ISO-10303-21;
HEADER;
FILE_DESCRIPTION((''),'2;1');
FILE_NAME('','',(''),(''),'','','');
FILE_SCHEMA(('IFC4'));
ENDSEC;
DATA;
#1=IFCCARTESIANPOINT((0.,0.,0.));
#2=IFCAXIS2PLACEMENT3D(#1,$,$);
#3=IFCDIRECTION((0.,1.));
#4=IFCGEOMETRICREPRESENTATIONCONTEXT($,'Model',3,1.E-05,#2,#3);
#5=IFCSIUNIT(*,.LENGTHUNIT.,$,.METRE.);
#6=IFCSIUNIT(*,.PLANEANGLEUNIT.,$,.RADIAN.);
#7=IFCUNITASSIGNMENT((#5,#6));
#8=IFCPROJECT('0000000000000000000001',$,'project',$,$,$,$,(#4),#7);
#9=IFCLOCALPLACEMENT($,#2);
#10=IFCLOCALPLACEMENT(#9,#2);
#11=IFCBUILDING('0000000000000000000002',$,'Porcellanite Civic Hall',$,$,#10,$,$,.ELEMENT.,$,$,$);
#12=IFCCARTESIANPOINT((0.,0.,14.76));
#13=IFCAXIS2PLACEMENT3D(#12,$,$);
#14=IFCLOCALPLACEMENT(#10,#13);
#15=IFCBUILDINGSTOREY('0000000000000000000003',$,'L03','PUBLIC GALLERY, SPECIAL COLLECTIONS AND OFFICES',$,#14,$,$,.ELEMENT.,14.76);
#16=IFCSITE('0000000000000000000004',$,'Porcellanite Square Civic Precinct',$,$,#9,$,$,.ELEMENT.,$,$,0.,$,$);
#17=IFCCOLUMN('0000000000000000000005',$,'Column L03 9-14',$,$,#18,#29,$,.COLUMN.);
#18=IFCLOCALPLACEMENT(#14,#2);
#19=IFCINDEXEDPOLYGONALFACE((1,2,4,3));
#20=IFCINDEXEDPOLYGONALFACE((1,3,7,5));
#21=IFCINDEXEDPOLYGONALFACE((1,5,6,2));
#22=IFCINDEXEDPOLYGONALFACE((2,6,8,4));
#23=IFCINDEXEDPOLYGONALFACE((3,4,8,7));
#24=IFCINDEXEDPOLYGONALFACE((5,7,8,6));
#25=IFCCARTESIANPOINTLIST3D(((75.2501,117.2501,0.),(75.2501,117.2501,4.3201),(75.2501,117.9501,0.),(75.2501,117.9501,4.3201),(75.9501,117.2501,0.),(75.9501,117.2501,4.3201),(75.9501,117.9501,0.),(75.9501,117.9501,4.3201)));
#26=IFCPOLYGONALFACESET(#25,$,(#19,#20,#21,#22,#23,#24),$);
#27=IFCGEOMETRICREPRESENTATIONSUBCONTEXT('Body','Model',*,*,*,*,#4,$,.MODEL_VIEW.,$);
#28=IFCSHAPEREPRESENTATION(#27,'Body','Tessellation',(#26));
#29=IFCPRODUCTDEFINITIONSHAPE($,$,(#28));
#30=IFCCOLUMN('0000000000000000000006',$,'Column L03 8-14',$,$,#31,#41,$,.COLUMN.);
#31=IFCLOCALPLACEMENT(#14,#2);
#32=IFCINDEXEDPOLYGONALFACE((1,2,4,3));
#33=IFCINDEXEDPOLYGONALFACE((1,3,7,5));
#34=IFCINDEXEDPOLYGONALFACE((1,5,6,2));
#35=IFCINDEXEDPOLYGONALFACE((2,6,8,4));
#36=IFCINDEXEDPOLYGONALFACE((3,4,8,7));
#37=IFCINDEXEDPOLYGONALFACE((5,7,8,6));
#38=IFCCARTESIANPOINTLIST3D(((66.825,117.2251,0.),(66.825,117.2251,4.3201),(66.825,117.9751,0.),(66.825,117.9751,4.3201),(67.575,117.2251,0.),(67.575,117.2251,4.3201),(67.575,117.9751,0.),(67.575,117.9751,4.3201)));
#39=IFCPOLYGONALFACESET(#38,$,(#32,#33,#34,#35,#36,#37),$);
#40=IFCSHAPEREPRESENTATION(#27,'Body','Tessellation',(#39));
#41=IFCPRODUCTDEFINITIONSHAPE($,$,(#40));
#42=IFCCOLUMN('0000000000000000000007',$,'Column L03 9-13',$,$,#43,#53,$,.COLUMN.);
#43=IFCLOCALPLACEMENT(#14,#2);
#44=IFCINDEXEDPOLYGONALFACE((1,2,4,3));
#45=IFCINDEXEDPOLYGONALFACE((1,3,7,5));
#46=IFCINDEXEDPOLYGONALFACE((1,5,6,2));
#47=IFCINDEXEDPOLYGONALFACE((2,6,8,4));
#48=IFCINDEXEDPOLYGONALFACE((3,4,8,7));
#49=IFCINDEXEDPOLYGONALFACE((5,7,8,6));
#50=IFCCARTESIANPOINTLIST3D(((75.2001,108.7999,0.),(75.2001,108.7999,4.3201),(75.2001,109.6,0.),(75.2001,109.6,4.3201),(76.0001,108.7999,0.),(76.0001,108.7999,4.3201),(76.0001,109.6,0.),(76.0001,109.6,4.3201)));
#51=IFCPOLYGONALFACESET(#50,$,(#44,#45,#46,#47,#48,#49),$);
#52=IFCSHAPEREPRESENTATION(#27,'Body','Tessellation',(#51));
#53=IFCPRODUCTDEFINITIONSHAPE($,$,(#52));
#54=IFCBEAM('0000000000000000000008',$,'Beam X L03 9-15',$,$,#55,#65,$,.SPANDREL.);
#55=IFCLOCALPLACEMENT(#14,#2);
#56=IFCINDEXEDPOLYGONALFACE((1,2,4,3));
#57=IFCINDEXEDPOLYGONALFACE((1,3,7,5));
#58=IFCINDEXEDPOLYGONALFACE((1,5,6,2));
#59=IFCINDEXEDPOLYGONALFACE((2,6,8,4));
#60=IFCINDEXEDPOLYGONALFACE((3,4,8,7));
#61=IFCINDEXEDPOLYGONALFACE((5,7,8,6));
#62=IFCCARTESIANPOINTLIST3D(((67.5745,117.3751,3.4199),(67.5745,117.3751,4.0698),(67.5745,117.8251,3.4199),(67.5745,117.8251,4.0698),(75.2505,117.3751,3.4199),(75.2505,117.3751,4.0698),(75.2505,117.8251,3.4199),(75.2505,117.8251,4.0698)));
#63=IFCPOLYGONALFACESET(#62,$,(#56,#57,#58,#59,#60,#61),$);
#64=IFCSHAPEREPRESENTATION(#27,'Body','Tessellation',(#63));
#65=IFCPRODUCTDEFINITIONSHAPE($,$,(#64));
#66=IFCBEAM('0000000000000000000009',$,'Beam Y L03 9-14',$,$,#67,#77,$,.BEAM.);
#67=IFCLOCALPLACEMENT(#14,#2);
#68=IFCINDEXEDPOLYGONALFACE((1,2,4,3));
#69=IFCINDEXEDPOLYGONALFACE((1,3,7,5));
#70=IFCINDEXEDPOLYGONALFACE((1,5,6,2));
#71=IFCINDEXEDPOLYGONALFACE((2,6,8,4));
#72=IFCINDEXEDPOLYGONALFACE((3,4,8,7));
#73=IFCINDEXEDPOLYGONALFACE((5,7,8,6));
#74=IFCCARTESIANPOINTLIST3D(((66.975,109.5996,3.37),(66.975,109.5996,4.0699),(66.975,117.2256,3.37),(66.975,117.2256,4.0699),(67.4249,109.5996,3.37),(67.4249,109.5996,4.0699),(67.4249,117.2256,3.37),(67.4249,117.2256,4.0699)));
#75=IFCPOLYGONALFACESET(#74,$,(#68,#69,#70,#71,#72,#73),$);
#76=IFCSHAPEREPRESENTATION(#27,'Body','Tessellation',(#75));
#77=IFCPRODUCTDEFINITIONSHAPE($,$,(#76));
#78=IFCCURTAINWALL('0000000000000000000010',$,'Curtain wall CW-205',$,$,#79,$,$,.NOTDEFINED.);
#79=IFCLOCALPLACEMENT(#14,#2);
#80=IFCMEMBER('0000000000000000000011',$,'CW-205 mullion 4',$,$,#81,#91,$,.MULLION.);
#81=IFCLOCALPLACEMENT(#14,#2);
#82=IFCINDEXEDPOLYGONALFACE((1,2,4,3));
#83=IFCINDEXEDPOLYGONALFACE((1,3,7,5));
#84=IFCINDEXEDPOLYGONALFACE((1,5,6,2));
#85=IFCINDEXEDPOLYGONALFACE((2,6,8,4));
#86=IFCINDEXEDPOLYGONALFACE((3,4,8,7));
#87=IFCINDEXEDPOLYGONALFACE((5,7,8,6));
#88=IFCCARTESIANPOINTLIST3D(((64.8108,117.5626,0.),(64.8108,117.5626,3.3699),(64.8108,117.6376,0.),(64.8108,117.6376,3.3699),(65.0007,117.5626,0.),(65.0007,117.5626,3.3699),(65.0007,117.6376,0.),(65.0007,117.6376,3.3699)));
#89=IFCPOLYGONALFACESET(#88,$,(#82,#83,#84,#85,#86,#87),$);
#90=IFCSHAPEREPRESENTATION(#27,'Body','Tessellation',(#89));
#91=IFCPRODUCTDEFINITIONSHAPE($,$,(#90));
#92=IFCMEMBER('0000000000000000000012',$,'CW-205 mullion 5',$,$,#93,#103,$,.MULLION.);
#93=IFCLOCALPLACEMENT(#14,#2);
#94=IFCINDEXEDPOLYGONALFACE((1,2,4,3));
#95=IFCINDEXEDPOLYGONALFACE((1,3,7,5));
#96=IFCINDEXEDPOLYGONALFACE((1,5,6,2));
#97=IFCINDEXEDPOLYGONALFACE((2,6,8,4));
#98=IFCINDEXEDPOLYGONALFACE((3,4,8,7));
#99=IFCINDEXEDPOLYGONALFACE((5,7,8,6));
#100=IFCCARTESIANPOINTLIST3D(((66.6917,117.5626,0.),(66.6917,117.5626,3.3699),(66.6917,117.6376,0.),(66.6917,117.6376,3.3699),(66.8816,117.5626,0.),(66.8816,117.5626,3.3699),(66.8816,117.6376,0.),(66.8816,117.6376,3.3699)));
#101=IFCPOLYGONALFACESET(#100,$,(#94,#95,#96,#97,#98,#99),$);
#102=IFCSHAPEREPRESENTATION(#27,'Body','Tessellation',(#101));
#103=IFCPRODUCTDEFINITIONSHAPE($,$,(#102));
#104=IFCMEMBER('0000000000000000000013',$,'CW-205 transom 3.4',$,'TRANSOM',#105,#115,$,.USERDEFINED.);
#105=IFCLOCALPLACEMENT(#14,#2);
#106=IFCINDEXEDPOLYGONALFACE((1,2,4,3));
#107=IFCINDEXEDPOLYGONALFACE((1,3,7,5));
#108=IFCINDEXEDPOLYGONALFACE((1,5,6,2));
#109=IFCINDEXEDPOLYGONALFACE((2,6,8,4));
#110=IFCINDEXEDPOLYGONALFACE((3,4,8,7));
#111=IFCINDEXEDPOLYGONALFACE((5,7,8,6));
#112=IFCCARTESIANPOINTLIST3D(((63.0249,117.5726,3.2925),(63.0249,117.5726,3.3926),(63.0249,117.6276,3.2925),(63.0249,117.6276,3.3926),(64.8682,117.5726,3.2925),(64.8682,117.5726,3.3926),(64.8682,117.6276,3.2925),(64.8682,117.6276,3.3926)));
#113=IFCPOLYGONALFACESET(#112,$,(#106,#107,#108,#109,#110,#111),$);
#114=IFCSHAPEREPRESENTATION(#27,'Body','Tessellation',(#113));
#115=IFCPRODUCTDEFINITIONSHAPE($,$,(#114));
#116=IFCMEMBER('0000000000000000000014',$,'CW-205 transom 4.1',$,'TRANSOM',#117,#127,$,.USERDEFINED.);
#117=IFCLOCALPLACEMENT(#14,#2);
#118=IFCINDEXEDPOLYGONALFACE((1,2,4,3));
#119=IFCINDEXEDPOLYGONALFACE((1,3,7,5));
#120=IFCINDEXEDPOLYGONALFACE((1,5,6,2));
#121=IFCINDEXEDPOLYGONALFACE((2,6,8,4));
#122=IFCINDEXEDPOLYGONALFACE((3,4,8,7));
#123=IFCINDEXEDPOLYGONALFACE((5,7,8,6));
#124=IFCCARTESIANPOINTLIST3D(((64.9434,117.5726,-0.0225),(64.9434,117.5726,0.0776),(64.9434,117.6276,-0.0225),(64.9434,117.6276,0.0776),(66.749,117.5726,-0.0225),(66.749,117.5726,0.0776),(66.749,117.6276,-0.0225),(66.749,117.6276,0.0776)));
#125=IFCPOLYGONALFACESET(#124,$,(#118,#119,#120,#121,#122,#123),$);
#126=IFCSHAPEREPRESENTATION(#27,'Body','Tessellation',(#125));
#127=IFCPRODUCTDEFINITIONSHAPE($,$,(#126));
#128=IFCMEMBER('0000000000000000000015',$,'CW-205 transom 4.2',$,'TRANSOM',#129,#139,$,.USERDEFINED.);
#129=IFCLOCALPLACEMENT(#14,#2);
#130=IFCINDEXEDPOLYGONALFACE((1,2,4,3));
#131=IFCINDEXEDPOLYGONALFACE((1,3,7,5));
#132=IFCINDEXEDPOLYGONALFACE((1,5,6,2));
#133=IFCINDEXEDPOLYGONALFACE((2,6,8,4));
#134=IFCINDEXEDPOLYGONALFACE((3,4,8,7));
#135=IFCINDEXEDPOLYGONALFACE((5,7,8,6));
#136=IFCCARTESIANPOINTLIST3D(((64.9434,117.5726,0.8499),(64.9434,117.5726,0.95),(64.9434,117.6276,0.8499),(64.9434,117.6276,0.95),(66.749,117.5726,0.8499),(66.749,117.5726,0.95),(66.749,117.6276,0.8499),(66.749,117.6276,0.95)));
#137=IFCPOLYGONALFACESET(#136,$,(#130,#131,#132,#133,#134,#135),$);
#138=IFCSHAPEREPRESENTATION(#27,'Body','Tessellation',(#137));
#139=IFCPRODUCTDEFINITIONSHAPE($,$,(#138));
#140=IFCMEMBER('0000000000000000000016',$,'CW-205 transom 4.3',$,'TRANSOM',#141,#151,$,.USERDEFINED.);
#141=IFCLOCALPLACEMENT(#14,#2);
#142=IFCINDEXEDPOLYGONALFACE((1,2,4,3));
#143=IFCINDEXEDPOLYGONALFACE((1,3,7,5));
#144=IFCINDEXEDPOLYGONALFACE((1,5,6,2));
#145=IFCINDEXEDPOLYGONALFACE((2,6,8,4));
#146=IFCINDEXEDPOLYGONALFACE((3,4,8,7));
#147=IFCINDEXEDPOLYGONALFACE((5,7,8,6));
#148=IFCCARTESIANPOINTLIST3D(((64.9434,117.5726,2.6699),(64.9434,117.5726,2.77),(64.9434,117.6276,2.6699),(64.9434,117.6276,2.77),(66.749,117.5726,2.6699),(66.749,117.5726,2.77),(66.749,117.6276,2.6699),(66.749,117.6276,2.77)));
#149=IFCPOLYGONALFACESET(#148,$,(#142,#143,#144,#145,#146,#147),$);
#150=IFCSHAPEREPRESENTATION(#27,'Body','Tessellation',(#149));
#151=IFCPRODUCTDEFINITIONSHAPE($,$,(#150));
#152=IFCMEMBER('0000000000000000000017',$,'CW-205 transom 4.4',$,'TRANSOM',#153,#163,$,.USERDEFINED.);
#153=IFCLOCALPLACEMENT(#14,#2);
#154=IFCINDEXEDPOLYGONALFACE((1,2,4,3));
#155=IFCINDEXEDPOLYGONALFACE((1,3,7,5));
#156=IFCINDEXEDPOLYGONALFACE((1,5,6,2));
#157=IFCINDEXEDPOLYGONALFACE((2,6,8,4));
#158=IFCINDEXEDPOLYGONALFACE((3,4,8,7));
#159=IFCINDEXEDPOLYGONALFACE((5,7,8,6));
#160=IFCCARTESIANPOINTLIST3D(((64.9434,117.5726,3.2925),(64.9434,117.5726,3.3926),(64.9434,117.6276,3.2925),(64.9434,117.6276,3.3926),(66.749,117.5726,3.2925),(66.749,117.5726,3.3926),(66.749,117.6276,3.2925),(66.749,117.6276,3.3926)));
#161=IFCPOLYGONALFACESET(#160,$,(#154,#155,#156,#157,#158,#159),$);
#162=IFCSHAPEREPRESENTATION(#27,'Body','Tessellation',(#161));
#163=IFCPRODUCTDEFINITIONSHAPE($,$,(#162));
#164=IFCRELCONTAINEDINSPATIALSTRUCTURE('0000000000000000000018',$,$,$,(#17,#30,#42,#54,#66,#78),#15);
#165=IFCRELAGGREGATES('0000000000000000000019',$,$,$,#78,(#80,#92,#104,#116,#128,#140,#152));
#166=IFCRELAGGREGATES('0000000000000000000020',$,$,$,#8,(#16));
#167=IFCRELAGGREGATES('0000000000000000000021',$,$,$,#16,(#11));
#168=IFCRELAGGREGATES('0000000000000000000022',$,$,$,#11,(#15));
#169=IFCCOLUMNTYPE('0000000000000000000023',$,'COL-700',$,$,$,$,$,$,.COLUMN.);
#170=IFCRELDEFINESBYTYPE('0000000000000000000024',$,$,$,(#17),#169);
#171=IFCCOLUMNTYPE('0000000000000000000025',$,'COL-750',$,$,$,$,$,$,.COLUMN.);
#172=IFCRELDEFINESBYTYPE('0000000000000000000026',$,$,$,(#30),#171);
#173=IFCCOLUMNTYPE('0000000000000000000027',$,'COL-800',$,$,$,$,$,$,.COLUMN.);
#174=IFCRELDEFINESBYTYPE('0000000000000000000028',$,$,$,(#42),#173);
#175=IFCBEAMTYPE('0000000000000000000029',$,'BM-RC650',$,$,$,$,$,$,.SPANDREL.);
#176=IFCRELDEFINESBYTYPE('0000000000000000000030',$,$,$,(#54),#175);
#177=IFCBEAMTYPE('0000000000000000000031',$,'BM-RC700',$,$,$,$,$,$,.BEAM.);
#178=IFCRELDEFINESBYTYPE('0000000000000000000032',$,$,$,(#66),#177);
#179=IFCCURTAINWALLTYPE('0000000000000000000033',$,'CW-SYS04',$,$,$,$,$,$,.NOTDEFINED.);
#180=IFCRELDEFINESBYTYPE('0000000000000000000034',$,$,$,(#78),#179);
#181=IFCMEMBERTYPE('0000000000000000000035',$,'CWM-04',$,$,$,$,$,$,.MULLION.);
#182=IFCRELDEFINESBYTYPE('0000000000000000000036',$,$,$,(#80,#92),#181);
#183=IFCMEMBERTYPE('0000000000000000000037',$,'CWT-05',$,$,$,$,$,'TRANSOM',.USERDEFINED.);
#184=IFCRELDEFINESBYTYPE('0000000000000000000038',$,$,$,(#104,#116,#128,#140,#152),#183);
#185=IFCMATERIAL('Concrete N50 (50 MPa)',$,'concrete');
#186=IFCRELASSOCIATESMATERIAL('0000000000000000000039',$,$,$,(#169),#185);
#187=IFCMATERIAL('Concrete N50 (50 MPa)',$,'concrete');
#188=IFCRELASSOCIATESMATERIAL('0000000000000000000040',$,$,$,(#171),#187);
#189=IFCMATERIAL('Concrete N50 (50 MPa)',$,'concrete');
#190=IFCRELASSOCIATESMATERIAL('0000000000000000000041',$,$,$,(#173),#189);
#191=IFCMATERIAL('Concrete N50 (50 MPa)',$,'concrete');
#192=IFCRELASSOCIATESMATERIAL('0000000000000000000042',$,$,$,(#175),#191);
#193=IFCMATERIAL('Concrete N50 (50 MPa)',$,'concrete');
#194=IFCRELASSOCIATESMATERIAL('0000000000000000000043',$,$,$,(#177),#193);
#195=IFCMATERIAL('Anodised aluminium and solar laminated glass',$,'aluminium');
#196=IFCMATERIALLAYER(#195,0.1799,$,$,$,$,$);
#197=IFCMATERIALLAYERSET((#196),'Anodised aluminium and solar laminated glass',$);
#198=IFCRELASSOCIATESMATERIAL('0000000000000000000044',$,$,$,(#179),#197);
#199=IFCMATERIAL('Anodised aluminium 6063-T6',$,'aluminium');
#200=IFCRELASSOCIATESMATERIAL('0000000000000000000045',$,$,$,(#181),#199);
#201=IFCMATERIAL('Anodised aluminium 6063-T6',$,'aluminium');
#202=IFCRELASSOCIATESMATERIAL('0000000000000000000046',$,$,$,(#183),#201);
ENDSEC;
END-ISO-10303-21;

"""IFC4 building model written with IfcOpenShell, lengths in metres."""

from ifc_helpers import new_model, si_unit, direction, frame, origin, origin_2d, place, context, subcontext, project, spatial, rectangle, extrude, material, layer, layer_set, material_profile, profile_set, type_object, element, aggregate, save


model = new_model("IFC4")

# Units and contexts
model_context = context("Model", 3, precision=1e-05, world=origin(), true_north=direction((0.0, 1.0)))
body_context = subcontext(model_context, "Body", "Model", "MODEL_VIEW")
ifc_project = project(units=[si_unit("LENGTHUNIT", "METRE"), si_unit("PLANEANGLEUNIT", "RADIAN")], contexts=[model_context])

# Site, building, storey
site_placement = place(None, origin())
site = spatial("IfcSite", under=ifc_project, at=site_placement, Name="Porcellanite Square Civic Precinct", CompositionType="ELEMENT", RefElevation=0.0)
building_placement = place(site_placement, origin())
building = spatial("IfcBuilding", under=site, at=building_placement, Name="Porcellanite Civic Hall", CompositionType="ELEMENT")
storey_placement = place(building_placement, frame((0.0, 0.0, 14.76)))
storey = spatial("IfcBuildingStorey", under=building, at=storey_placement, Name="L03", Description="PUBLIC GALLERY, SPECIAL COLLECTIONS AND OFFICES", CompositionType="ELEMENT", Elevation=14.76)

# Columns
ifc_material_1 = material(Name="Concrete N50 (50 MPa)", Category="concrete")
ifc_material_profile_1 = material_profile(ifc_material_1, rectangle(XDim=0.7, YDim=0.7, at=origin_2d()), Name="RC-700x700")
ifc_profile_set_1 = profile_set([ifc_material_profile_1], Name="Concrete N50 (50 MPa)")
column_type_1 = type_object("IfcColumnType", Name="COL-700", PredefinedType="COLUMN", material=ifc_profile_set_1)
column_1_placement = place(storey_placement, frame((75.6001, 117.6001, 0.0), z_axis=(0.0, 0.0, 1.0), x_axis=(1.0, 0.0, 0.0)))
element("IfcColumn", 1, at=column_1_placement, inside=storey, type_object=column_type_1, Name="Column L03 9-14", PredefinedType="COLUMN", context=body_context, shape_type="SweptSolid", body=[
    extrude(rectangle(XDim=0.7, YDim=0.7, at=origin_2d()), origin(), (0.0, 0.0, 1.0), 4.3201),
])
ifc_material_2 = material(Name="Concrete N50 (50 MPa)", Category="concrete")
ifc_material_profile_2 = material_profile(ifc_material_2, rectangle(XDim=0.75, YDim=0.75, at=origin_2d()), Name="RC-750x750")
ifc_profile_set_2 = profile_set([ifc_material_profile_2], Name="Concrete N50 (50 MPa)")
column_type_2 = type_object("IfcColumnType", Name="COL-750", PredefinedType="COLUMN", material=ifc_profile_set_2)
column_2_placement = place(storey_placement, frame((67.2, 117.6001, 0.0), z_axis=(0.0, 0.0, 1.0), x_axis=(1.0, 0.0, 0.0)))
element("IfcColumn", 2, at=column_2_placement, inside=storey, type_object=column_type_2, Name="Column L03 8-14", PredefinedType="COLUMN", context=body_context, shape_type="SweptSolid", body=[
    extrude(rectangle(XDim=0.75, YDim=0.75, at=origin_2d()), origin(), (0.0, 0.0, 1.0), 4.3201),
])
ifc_material_3 = material(Name="Concrete N50 (50 MPa)", Category="concrete")
ifc_material_profile_3 = material_profile(ifc_material_3, rectangle(XDim=0.8, YDim=0.8, at=origin_2d()), Name="RC-800x800")
ifc_profile_set_3 = profile_set([ifc_material_profile_3], Name="Concrete N50 (50 MPa)")
column_type_3 = type_object("IfcColumnType", Name="COL-800", PredefinedType="COLUMN", material=ifc_profile_set_3)
column_3_placement = place(storey_placement, frame((75.6001, 109.2, 0.0), z_axis=(0.0, 0.0, 1.0), x_axis=(1.0, 0.0, 0.0)))
element("IfcColumn", 3, at=column_3_placement, inside=storey, type_object=column_type_3, Name="Column L03 9-13", PredefinedType="COLUMN", context=body_context, shape_type="SweptSolid", body=[
    extrude(rectangle(XDim=0.8, YDim=0.8, at=origin_2d()), origin(), (0.0, 0.0, 1.0), 4.3201),
])

# Beams
ifc_material_4 = material(Name="Concrete N50 (50 MPa)", Category="concrete")
ifc_material_profile_4 = material_profile(ifc_material_4, rectangle(XDim=0.45, YDim=0.6499, at=origin_2d()), Name="RC-450x650")
ifc_profile_set_4 = profile_set([ifc_material_profile_4], Name="Concrete N50 (50 MPa)")
beam_type_1 = type_object("IfcBeamType", Name="BM-RC650", PredefinedType="SPANDREL", material=ifc_profile_set_4)
beam_1_placement = place(storey_placement, frame((67.5745, 117.6001, 3.7449), z_axis=(1.0, 0.0, 0.0), x_axis=(0.0, 1.0, 0.0)))
element("IfcBeam", 4, at=beam_1_placement, inside=storey, type_object=beam_type_1, Name="Beam X L03 9-15", PredefinedType="SPANDREL", context=body_context, shape_type="SweptSolid", body=[
    extrude(rectangle(XDim=0.45, YDim=0.6499, at=origin_2d()), origin(), (0.0, 0.0, 1.0), 7.676),
])
ifc_material_5 = material(Name="Concrete N50 (50 MPa)", Category="concrete")
ifc_material_profile_5 = material_profile(ifc_material_5, rectangle(XDim=0.45, YDim=0.7, at=origin_2d()), Name="RC-450x700")
ifc_profile_set_5 = profile_set([ifc_material_profile_5], Name="Concrete N50 (50 MPa)")
beam_type_2 = type_object("IfcBeamType", Name="BM-RC700", PredefinedType="BEAM", material=ifc_profile_set_5)
beam_2_placement = place(storey_placement, frame((67.2, 109.5996, 3.72), z_axis=(0.0, 1.0, 0.0), x_axis=(-1.0, 0.0, 0.0)))
element("IfcBeam", 5, at=beam_2_placement, inside=storey, type_object=beam_type_2, Name="Beam Y L03 9-14", PredefinedType="BEAM", context=body_context, shape_type="SweptSolid", body=[
    extrude(rectangle(XDim=0.45, YDim=0.7, at=origin_2d()), origin(), (0.0, 0.0, 1.0), 7.626),
])

# Curtain wall, members
ifc_material_6 = material(Name="Anodised aluminium and solar laminated glass", Category="aluminium")
ifc_layer_1 = layer(ifc_material_6, 0.1799)
ifc_layer_set_1 = layer_set([ifc_layer_1], Name="Anodised aluminium and solar laminated glass")
curtain_wall_type = type_object("IfcCurtainWallType", Name="CW-SYS04", PredefinedType="NOTDEFINED", material=ifc_layer_set_1)
curtain_wall_placement = place(storey_placement, origin())
curtain_wall = element("IfcCurtainWall", 6, at=curtain_wall_placement, inside=storey, type_object=curtain_wall_type, Name="Curtain wall CW-205", PredefinedType="NOTDEFINED")
ifc_material_7 = material(Name="Anodised aluminium 6063-T6", Category="aluminium")
ifc_material_profile_6 = material_profile(ifc_material_7, rectangle(XDim=0.075, YDim=0.1899, at=origin_2d()), Name="AL-75x190")
ifc_profile_set_6 = profile_set([ifc_material_profile_6], Name="Anodised aluminium 6063-T6")
member_type_1 = type_object("IfcMemberType", Name="CWM-04", PredefinedType="MULLION", material=ifc_profile_set_6)
member_1_placement = place(storey_placement, frame((64.9058, 117.6001, 0.0), z_axis=(0.0, 0.0, 1.0), x_axis=(0.0, 1.0, 0.0)))
member_1 = element("IfcMember", 7, at=member_1_placement, type_object=member_type_1, Name="CW-205 mullion 4", PredefinedType="MULLION", context=body_context, shape_type="SweptSolid", body=[
    extrude(rectangle(XDim=0.075, YDim=0.1899, at=origin_2d()), origin(), (0.0, 0.0, 1.0), 3.3699),
])
member_2_placement = place(storey_placement, frame((66.7866, 117.6001, 0.0), z_axis=(0.0, 0.0, 1.0), x_axis=(0.0, 1.0, 0.0)))
member_2 = element("IfcMember", 8, at=member_2_placement, type_object=member_type_1, Name="CW-205 mullion 5", PredefinedType="MULLION", context=body_context, shape_type="SweptSolid", body=[
    extrude(rectangle(XDim=0.075, YDim=0.1899, at=origin_2d()), origin(), (0.0, 0.0, 1.0), 3.3699),
])
ifc_material_8 = material(Name="Anodised aluminium 6063-T6", Category="aluminium")
ifc_material_profile_7 = material_profile(ifc_material_8, rectangle(XDim=0.0549, YDim=0.1001, at=origin_2d()), Name="AL-55x100")
ifc_profile_set_7 = profile_set([ifc_material_profile_7], Name="Anodised aluminium 6063-T6")
member_type_2 = type_object("IfcMemberType", Name="CWT-05", ElementType="TRANSOM", PredefinedType="USERDEFINED", material=ifc_profile_set_7)
member_3_placement = place(storey_placement, frame((63.0249, 117.6001, 3.3425), z_axis=(1.0, 0.0, 0.0), x_axis=(0.0, 1.0, 0.0)))
member_3 = element("IfcMember", 9, at=member_3_placement, type_object=member_type_2, Name="CW-205 transom 3.4", ObjectType="TRANSOM", PredefinedType="USERDEFINED", context=body_context, shape_type="SweptSolid", body=[
    extrude(rectangle(XDim=0.0549, YDim=0.1001, at=origin_2d()), origin(), (0.0, 0.0, 1.0), 1.8433),
])
member_4_placement = place(storey_placement, frame((64.9434, 117.6001, 0.0276), z_axis=(1.0, 0.0, 0.0), x_axis=(0.0, 1.0, 0.0)))
member_4 = element("IfcMember", 10, at=member_4_placement, type_object=member_type_2, Name="CW-205 transom 4.1", ObjectType="TRANSOM", PredefinedType="USERDEFINED", context=body_context, shape_type="SweptSolid", body=[
    extrude(rectangle(XDim=0.0549, YDim=0.1001, at=origin_2d()), origin(), (0.0, 0.0, 1.0), 1.8057),
])
member_5_placement = place(storey_placement, frame((64.9434, 117.6001, 0.8999), z_axis=(1.0, 0.0, 0.0), x_axis=(0.0, 1.0, 0.0)))
member_5 = element("IfcMember", 11, at=member_5_placement, type_object=member_type_2, Name="CW-205 transom 4.2", ObjectType="TRANSOM", PredefinedType="USERDEFINED", context=body_context, shape_type="SweptSolid", body=[
    extrude(rectangle(XDim=0.0549, YDim=0.1001, at=origin_2d()), origin(), (0.0, 0.0, 1.0), 1.8057),
])
member_6_placement = place(storey_placement, frame((64.9434, 117.6001, 2.72), z_axis=(1.0, 0.0, 0.0), x_axis=(0.0, 1.0, 0.0)))
member_6 = element("IfcMember", 12, at=member_6_placement, type_object=member_type_2, Name="CW-205 transom 4.3", ObjectType="TRANSOM", PredefinedType="USERDEFINED", context=body_context, shape_type="SweptSolid", body=[
    extrude(rectangle(XDim=0.0549, YDim=0.1001, at=origin_2d()), origin(), (0.0, 0.0, 1.0), 1.8057),
])
member_7_placement = place(storey_placement, frame((64.9434, 117.6001, 3.3425), z_axis=(1.0, 0.0, 0.0), x_axis=(0.0, 1.0, 0.0)))
member_7 = element("IfcMember", 13, at=member_7_placement, type_object=member_type_2, Name="CW-205 transom 4.4", ObjectType="TRANSOM", PredefinedType="USERDEFINED", context=body_context, shape_type="SweptSolid", body=[
    extrude(rectangle(XDim=0.0549, YDim=0.1001, at=origin_2d()), origin(), (0.0, 0.0, 1.0), 1.8057),
])

aggregate(curtain_wall, [member_1, member_2, member_3, member_4, member_5, member_6, member_7])

save(model, "model.ifc")
